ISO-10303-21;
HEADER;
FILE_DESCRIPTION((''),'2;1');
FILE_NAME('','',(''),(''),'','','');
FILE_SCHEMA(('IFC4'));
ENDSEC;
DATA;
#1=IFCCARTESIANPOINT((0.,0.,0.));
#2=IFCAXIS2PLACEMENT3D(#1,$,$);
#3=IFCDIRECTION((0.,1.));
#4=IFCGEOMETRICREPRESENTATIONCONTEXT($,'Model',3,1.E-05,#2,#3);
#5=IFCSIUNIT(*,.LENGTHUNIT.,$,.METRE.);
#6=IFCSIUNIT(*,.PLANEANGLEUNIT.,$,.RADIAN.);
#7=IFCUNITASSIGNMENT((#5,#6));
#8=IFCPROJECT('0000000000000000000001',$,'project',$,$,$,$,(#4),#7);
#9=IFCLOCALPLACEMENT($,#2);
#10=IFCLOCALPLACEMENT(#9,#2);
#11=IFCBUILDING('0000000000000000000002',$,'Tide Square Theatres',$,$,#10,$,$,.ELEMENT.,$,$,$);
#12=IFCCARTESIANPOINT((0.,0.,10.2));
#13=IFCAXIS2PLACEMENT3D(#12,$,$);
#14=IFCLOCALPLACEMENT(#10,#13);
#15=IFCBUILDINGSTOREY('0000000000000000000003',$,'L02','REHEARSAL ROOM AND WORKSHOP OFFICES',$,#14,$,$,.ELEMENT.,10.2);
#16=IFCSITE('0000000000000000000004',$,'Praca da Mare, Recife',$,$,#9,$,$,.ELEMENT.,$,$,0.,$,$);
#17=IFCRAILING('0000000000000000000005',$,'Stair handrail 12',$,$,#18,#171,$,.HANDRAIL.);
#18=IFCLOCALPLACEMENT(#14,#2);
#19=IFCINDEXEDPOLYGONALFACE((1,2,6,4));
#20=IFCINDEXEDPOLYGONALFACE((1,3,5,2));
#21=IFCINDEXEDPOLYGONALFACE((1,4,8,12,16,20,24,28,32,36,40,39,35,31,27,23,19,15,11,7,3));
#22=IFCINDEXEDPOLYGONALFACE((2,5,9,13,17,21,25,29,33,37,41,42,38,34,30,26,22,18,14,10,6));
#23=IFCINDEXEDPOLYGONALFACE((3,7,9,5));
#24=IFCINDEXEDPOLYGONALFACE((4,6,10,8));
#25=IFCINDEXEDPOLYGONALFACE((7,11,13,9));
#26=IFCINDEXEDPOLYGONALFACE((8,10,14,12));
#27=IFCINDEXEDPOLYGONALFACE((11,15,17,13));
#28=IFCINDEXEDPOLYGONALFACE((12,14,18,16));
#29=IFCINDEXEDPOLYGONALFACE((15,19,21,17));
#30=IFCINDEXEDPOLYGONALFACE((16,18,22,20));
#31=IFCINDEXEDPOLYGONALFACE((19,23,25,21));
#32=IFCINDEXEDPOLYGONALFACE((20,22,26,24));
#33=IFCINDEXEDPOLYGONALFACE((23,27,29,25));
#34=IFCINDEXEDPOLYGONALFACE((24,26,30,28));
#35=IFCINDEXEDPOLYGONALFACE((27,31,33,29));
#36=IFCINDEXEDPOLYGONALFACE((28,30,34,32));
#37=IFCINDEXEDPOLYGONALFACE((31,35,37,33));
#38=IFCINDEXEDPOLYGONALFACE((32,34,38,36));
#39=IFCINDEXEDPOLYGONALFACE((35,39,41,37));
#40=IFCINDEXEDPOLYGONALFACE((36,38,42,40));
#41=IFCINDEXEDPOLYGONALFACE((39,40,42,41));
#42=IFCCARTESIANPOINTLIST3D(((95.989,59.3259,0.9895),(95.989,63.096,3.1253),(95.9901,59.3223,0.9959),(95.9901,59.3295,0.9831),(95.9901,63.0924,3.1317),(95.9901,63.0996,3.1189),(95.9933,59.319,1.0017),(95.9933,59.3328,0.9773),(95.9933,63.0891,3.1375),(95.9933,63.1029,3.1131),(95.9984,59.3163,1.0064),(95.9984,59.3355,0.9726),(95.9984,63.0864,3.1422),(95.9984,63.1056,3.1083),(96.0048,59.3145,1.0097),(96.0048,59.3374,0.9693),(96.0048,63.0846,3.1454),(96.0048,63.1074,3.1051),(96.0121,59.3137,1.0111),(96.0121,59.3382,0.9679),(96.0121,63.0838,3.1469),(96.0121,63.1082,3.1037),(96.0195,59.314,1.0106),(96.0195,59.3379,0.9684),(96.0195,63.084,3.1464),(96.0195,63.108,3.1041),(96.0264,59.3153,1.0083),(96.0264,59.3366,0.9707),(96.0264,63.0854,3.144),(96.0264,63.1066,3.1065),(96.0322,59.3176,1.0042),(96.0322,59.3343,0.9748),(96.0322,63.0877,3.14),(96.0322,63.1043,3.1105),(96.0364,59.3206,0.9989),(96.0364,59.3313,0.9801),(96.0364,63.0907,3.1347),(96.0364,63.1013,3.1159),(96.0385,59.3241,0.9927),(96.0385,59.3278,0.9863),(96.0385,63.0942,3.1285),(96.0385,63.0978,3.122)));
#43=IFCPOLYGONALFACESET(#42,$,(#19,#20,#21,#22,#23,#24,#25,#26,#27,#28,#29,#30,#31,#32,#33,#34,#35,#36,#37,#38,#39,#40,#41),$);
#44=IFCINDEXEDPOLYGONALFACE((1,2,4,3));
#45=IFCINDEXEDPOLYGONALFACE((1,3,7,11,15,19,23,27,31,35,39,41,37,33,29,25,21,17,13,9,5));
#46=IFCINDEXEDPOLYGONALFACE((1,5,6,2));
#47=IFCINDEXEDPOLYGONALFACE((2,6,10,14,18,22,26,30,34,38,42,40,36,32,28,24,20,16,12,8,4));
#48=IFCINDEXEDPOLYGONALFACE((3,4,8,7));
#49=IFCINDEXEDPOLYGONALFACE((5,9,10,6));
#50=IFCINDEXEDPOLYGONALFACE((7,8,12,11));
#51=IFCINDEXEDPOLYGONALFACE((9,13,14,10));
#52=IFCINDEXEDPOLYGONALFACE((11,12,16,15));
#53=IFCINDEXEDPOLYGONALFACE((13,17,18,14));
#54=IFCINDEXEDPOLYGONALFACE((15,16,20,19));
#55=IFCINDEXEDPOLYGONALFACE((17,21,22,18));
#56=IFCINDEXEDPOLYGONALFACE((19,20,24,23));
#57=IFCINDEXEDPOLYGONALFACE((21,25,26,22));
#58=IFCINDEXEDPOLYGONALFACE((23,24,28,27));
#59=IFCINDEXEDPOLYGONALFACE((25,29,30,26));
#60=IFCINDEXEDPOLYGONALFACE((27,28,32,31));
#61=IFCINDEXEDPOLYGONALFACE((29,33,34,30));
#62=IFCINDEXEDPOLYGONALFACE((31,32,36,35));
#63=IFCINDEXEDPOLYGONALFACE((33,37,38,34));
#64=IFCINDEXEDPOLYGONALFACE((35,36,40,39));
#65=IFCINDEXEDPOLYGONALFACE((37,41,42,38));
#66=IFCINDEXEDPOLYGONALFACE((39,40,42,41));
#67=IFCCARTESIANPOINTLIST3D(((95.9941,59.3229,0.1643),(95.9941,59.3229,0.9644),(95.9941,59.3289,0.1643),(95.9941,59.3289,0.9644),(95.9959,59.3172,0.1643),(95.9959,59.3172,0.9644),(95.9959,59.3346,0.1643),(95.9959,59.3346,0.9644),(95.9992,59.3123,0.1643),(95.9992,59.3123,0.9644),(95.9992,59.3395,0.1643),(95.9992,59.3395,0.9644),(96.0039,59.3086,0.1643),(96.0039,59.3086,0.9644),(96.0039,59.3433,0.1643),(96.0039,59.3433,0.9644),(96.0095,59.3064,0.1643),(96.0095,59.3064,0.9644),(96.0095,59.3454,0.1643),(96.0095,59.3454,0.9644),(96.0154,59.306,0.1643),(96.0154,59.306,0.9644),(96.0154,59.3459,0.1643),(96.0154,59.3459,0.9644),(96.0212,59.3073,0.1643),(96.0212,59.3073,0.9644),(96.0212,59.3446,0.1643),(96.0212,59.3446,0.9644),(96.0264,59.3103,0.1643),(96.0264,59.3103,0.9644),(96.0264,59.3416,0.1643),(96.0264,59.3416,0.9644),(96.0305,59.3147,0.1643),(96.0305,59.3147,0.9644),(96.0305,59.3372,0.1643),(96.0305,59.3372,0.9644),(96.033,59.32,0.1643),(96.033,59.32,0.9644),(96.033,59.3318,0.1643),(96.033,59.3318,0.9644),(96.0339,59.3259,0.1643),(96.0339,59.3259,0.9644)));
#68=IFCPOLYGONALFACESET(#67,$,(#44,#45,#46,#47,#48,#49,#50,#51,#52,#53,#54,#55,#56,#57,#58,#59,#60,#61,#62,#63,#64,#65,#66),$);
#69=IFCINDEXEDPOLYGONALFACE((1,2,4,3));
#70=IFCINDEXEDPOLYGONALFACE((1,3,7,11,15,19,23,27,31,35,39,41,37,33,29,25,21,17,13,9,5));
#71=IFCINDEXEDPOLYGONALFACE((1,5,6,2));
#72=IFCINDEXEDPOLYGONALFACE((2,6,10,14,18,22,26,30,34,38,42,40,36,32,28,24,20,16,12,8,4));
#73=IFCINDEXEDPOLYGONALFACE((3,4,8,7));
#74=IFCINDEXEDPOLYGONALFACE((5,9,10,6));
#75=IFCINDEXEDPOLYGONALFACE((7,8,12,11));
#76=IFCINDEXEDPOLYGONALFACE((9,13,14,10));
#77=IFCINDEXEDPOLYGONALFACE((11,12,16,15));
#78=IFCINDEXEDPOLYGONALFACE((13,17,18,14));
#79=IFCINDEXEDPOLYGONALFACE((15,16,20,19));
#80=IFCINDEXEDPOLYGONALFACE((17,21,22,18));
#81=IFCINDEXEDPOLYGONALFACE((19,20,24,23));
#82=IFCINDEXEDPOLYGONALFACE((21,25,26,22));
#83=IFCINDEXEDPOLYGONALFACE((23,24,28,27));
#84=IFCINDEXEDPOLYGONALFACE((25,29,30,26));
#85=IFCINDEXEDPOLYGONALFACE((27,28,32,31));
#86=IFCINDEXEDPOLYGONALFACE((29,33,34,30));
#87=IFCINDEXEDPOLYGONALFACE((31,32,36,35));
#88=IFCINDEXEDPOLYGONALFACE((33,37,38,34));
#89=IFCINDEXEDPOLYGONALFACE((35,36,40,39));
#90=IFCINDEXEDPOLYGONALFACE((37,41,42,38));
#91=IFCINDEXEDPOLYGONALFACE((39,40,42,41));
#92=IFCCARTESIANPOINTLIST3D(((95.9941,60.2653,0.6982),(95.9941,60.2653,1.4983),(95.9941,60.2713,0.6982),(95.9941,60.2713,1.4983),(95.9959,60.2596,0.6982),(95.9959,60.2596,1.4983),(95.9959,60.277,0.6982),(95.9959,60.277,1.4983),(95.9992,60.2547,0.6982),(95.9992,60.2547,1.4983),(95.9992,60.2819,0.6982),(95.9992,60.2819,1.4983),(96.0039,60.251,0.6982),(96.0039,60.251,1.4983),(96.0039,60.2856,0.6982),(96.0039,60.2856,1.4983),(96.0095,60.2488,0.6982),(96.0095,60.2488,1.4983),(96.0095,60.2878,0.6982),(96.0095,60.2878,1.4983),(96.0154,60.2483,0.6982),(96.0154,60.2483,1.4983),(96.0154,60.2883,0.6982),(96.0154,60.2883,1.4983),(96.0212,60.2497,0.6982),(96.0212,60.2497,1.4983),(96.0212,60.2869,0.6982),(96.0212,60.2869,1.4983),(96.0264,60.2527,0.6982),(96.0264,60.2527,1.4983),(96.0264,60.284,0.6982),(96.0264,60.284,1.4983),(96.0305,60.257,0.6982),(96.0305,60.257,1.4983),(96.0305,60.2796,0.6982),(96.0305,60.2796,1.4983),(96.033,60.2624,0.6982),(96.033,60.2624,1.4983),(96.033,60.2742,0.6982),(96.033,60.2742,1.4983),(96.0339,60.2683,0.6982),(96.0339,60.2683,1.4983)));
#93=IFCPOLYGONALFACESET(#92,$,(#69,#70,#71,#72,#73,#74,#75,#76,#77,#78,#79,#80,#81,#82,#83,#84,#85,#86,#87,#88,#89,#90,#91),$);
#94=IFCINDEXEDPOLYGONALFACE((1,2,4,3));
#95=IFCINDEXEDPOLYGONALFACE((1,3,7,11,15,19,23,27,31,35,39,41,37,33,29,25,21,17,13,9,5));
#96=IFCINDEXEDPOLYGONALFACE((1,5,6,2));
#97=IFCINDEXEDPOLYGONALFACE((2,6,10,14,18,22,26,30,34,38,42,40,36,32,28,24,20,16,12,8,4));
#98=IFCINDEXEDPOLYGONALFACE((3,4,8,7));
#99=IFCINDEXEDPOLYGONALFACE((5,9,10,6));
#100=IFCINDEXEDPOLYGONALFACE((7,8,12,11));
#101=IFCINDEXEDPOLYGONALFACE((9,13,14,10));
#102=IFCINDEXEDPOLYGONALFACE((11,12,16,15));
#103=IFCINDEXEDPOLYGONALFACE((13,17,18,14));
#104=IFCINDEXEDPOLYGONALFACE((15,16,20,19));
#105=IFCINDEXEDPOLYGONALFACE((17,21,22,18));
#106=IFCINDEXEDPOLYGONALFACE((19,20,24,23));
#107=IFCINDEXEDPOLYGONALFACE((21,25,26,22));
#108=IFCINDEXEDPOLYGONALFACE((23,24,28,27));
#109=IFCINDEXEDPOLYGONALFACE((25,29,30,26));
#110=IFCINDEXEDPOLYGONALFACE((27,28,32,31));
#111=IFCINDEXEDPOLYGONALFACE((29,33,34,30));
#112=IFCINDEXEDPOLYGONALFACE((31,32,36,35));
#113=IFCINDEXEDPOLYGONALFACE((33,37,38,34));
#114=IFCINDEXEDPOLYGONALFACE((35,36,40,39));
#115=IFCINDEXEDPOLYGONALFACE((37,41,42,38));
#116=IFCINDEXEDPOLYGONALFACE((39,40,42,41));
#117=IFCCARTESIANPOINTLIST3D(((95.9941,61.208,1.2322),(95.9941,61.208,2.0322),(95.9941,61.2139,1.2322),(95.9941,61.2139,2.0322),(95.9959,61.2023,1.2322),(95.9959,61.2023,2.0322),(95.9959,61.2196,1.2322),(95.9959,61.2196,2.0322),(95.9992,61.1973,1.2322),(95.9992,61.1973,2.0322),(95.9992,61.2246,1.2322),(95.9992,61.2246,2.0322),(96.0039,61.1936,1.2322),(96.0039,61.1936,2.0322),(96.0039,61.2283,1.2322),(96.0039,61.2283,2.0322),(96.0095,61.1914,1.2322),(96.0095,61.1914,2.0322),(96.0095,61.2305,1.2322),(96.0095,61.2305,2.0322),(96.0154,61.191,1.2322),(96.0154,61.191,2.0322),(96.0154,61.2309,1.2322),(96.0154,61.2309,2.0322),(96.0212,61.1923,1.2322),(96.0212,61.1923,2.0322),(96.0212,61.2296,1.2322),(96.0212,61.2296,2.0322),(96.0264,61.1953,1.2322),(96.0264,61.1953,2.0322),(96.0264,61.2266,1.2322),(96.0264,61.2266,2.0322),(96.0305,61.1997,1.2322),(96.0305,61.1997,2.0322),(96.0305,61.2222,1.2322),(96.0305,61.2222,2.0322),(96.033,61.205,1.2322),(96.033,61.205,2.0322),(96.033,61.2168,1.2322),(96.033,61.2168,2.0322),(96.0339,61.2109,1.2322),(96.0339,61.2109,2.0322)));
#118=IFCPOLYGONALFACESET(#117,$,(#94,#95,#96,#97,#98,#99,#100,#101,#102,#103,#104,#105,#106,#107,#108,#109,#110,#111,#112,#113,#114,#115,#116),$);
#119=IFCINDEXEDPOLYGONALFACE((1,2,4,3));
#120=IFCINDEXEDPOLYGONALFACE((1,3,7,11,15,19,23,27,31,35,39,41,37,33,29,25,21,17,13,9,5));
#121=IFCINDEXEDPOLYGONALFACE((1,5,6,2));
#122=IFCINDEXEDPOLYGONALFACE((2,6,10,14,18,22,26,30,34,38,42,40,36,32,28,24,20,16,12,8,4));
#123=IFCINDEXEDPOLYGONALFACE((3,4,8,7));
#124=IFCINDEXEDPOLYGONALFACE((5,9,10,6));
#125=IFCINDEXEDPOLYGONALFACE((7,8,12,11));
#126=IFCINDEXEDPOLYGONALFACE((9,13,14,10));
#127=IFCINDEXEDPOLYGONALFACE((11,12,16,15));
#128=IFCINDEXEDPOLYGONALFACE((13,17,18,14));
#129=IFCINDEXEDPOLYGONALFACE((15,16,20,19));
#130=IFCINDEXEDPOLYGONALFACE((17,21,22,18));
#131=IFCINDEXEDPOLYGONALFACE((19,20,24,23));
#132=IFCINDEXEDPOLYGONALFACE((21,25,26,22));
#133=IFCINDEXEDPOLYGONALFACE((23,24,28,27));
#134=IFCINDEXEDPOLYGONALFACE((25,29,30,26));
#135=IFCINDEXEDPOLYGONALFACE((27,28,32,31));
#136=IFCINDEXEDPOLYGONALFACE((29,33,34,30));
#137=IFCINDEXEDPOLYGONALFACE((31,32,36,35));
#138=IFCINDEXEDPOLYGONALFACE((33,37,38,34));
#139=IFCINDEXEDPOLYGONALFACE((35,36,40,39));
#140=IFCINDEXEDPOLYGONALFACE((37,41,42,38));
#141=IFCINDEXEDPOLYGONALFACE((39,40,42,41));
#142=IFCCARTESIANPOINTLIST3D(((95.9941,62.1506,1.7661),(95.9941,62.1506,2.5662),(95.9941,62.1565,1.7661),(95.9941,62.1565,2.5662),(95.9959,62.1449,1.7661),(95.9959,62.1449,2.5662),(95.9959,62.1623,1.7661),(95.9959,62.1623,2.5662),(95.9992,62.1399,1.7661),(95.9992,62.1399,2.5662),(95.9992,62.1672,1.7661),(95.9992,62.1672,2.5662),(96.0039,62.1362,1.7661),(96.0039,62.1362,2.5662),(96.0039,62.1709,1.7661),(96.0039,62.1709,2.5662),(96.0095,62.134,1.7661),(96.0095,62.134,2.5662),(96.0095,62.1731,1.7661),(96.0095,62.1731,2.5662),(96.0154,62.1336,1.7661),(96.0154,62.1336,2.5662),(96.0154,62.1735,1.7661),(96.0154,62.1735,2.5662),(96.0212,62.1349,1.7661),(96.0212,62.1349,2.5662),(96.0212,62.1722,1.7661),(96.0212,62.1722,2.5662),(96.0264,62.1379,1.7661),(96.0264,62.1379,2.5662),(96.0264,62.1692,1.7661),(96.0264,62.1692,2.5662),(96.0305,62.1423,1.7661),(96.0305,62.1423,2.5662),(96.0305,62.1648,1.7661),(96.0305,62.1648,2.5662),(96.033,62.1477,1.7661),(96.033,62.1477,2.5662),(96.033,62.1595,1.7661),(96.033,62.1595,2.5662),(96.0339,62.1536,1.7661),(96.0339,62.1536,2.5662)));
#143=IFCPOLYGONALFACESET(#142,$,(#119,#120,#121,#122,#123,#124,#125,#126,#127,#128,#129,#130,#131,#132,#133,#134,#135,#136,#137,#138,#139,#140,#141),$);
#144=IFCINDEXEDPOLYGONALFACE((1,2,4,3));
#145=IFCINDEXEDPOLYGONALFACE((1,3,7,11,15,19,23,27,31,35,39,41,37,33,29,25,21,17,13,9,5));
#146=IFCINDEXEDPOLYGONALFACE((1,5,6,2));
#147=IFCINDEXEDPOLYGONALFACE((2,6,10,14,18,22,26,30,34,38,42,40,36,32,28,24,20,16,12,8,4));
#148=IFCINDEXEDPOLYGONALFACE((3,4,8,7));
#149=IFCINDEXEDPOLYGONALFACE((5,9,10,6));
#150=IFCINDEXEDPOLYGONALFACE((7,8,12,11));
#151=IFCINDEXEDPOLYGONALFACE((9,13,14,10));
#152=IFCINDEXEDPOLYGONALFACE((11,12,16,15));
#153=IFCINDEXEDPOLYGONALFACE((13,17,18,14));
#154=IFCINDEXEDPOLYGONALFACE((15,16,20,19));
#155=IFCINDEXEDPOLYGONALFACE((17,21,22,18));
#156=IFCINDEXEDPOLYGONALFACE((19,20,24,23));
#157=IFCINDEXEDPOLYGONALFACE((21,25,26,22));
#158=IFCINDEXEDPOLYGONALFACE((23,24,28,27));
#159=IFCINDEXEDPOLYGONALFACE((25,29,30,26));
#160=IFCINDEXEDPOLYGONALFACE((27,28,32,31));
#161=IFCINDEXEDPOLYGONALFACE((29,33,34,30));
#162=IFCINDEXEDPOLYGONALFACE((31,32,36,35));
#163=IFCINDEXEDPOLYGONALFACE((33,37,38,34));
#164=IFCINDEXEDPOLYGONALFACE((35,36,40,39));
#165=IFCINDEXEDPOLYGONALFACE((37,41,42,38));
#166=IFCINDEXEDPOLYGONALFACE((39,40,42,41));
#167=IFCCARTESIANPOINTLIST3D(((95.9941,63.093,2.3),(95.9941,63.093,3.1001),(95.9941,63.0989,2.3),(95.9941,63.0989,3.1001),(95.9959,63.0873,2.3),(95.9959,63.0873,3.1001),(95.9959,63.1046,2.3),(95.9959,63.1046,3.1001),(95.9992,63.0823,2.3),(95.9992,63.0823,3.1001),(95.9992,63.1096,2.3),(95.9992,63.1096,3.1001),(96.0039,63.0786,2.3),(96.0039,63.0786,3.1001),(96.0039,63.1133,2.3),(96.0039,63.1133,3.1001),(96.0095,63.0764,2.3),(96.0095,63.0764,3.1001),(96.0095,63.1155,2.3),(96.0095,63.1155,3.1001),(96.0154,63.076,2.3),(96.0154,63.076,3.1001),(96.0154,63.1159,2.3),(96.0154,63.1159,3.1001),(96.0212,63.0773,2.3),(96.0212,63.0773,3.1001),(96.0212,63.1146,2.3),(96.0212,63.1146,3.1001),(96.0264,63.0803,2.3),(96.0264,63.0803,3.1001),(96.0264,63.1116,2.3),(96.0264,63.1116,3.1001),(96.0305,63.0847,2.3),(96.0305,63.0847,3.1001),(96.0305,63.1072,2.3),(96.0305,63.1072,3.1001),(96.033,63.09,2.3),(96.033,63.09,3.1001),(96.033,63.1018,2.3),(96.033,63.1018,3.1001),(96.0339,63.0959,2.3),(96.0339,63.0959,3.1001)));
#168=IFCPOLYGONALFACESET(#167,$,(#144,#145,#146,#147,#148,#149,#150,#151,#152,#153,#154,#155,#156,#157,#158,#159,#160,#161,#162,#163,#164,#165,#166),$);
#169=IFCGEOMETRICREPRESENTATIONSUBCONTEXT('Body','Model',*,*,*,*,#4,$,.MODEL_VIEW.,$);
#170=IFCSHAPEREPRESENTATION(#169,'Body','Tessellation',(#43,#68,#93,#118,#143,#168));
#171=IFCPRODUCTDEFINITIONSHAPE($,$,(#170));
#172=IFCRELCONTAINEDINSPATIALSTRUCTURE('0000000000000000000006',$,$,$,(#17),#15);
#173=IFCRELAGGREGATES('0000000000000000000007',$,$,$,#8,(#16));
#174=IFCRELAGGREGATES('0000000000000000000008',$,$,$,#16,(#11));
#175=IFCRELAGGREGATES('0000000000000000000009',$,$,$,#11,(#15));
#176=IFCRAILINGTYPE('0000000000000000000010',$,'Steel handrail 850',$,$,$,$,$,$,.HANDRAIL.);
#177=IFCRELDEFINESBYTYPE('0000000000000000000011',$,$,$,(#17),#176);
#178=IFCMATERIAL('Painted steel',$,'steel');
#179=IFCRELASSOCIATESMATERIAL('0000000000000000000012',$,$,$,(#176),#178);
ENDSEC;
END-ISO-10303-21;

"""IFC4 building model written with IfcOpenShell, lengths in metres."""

from ifc_helpers import new_model, si_unit, direction, frame, origin, origin_2d, place, context, subcontext, project, spatial, circle, extrude, material, type_object, element, save


model = new_model("IFC4")

# Units and contexts
model_context = context("Model", 3, precision=1e-05, world=origin(), true_north=direction((0.0, 1.0)))
body_context = subcontext(model_context, "Body", "Model", "MODEL_VIEW")
ifc_project = project(units=[si_unit("LENGTHUNIT", "METRE"), si_unit("PLANEANGLEUNIT", "RADIAN")], contexts=[model_context])

# Site, building, storey
site_placement = place(None, origin())
site = spatial("IfcSite", under=ifc_project, at=site_placement, Name="Praca da Mare, Recife", CompositionType="ELEMENT", RefElevation=0.0)
building_placement = place(site_placement, origin())
building = spatial("IfcBuilding", under=site, at=building_placement, Name="Tide Square Theatres", CompositionType="ELEMENT")
storey_placement = place(building_placement, frame((0.0, 0.0, 10.2)))
storey = spatial("IfcBuildingStorey", under=building, at=storey_placement, Name="L02", Description="REHEARSAL ROOM AND WORKSHOP OFFICES", CompositionType="ELEMENT", Elevation=10.2)

# Railing
ifc_material_1 = material(Name="Painted steel", Category="steel")
railing_type_1 = type_object("IfcRailingType", Name="Steel handrail 850", PredefinedType="HANDRAIL", material=ifc_material_1)
for number, where, name in (
    (1, (96.0139, 59.3259, 0.1643), "Stair handrail 12"),
):
    element("IfcRailing", number, at=place(storey_placement, frame(where)), inside=storey, type_object=railing_type_1, Name=name, PredefinedType="HANDRAIL", context=body_context, shape_type="SweptSolid", body=[
        extrude(circle(Radius=0.0249, at=origin_2d()), frame((0.0, 0.0, 0.8252), z_axis=(0.0, 0.870082, 0.492907), x_axis=(-1.0, 0.0, 0.0)), (0.0, 0.0, 1.0), 4.333),
        extrude(circle(Radius=0.02, at=origin_2d()), origin(), (0.0, 0.0, 1.0), 0.8),
        extrude(circle(Radius=0.02, at=origin_2d()), frame((0.0, 0.9424, 0.5339)), (0.0, 0.0, 1.0), 0.8),
        extrude(circle(Radius=0.02, at=origin_2d()), frame((0.0, 1.885, 1.0679)), (0.0, 0.0, 1.0), 0.8),
        extrude(circle(Radius=0.02, at=origin_2d()), frame((0.0, 2.8276, 1.6018)), (0.0, 0.0, 1.0), 0.8),
        extrude(circle(Radius=0.02, at=origin_2d()), frame((0.0, 3.77, 2.1357)), (0.0, 0.0, 1.0), 0.8),
    ])

save(model, "model.ifc")
